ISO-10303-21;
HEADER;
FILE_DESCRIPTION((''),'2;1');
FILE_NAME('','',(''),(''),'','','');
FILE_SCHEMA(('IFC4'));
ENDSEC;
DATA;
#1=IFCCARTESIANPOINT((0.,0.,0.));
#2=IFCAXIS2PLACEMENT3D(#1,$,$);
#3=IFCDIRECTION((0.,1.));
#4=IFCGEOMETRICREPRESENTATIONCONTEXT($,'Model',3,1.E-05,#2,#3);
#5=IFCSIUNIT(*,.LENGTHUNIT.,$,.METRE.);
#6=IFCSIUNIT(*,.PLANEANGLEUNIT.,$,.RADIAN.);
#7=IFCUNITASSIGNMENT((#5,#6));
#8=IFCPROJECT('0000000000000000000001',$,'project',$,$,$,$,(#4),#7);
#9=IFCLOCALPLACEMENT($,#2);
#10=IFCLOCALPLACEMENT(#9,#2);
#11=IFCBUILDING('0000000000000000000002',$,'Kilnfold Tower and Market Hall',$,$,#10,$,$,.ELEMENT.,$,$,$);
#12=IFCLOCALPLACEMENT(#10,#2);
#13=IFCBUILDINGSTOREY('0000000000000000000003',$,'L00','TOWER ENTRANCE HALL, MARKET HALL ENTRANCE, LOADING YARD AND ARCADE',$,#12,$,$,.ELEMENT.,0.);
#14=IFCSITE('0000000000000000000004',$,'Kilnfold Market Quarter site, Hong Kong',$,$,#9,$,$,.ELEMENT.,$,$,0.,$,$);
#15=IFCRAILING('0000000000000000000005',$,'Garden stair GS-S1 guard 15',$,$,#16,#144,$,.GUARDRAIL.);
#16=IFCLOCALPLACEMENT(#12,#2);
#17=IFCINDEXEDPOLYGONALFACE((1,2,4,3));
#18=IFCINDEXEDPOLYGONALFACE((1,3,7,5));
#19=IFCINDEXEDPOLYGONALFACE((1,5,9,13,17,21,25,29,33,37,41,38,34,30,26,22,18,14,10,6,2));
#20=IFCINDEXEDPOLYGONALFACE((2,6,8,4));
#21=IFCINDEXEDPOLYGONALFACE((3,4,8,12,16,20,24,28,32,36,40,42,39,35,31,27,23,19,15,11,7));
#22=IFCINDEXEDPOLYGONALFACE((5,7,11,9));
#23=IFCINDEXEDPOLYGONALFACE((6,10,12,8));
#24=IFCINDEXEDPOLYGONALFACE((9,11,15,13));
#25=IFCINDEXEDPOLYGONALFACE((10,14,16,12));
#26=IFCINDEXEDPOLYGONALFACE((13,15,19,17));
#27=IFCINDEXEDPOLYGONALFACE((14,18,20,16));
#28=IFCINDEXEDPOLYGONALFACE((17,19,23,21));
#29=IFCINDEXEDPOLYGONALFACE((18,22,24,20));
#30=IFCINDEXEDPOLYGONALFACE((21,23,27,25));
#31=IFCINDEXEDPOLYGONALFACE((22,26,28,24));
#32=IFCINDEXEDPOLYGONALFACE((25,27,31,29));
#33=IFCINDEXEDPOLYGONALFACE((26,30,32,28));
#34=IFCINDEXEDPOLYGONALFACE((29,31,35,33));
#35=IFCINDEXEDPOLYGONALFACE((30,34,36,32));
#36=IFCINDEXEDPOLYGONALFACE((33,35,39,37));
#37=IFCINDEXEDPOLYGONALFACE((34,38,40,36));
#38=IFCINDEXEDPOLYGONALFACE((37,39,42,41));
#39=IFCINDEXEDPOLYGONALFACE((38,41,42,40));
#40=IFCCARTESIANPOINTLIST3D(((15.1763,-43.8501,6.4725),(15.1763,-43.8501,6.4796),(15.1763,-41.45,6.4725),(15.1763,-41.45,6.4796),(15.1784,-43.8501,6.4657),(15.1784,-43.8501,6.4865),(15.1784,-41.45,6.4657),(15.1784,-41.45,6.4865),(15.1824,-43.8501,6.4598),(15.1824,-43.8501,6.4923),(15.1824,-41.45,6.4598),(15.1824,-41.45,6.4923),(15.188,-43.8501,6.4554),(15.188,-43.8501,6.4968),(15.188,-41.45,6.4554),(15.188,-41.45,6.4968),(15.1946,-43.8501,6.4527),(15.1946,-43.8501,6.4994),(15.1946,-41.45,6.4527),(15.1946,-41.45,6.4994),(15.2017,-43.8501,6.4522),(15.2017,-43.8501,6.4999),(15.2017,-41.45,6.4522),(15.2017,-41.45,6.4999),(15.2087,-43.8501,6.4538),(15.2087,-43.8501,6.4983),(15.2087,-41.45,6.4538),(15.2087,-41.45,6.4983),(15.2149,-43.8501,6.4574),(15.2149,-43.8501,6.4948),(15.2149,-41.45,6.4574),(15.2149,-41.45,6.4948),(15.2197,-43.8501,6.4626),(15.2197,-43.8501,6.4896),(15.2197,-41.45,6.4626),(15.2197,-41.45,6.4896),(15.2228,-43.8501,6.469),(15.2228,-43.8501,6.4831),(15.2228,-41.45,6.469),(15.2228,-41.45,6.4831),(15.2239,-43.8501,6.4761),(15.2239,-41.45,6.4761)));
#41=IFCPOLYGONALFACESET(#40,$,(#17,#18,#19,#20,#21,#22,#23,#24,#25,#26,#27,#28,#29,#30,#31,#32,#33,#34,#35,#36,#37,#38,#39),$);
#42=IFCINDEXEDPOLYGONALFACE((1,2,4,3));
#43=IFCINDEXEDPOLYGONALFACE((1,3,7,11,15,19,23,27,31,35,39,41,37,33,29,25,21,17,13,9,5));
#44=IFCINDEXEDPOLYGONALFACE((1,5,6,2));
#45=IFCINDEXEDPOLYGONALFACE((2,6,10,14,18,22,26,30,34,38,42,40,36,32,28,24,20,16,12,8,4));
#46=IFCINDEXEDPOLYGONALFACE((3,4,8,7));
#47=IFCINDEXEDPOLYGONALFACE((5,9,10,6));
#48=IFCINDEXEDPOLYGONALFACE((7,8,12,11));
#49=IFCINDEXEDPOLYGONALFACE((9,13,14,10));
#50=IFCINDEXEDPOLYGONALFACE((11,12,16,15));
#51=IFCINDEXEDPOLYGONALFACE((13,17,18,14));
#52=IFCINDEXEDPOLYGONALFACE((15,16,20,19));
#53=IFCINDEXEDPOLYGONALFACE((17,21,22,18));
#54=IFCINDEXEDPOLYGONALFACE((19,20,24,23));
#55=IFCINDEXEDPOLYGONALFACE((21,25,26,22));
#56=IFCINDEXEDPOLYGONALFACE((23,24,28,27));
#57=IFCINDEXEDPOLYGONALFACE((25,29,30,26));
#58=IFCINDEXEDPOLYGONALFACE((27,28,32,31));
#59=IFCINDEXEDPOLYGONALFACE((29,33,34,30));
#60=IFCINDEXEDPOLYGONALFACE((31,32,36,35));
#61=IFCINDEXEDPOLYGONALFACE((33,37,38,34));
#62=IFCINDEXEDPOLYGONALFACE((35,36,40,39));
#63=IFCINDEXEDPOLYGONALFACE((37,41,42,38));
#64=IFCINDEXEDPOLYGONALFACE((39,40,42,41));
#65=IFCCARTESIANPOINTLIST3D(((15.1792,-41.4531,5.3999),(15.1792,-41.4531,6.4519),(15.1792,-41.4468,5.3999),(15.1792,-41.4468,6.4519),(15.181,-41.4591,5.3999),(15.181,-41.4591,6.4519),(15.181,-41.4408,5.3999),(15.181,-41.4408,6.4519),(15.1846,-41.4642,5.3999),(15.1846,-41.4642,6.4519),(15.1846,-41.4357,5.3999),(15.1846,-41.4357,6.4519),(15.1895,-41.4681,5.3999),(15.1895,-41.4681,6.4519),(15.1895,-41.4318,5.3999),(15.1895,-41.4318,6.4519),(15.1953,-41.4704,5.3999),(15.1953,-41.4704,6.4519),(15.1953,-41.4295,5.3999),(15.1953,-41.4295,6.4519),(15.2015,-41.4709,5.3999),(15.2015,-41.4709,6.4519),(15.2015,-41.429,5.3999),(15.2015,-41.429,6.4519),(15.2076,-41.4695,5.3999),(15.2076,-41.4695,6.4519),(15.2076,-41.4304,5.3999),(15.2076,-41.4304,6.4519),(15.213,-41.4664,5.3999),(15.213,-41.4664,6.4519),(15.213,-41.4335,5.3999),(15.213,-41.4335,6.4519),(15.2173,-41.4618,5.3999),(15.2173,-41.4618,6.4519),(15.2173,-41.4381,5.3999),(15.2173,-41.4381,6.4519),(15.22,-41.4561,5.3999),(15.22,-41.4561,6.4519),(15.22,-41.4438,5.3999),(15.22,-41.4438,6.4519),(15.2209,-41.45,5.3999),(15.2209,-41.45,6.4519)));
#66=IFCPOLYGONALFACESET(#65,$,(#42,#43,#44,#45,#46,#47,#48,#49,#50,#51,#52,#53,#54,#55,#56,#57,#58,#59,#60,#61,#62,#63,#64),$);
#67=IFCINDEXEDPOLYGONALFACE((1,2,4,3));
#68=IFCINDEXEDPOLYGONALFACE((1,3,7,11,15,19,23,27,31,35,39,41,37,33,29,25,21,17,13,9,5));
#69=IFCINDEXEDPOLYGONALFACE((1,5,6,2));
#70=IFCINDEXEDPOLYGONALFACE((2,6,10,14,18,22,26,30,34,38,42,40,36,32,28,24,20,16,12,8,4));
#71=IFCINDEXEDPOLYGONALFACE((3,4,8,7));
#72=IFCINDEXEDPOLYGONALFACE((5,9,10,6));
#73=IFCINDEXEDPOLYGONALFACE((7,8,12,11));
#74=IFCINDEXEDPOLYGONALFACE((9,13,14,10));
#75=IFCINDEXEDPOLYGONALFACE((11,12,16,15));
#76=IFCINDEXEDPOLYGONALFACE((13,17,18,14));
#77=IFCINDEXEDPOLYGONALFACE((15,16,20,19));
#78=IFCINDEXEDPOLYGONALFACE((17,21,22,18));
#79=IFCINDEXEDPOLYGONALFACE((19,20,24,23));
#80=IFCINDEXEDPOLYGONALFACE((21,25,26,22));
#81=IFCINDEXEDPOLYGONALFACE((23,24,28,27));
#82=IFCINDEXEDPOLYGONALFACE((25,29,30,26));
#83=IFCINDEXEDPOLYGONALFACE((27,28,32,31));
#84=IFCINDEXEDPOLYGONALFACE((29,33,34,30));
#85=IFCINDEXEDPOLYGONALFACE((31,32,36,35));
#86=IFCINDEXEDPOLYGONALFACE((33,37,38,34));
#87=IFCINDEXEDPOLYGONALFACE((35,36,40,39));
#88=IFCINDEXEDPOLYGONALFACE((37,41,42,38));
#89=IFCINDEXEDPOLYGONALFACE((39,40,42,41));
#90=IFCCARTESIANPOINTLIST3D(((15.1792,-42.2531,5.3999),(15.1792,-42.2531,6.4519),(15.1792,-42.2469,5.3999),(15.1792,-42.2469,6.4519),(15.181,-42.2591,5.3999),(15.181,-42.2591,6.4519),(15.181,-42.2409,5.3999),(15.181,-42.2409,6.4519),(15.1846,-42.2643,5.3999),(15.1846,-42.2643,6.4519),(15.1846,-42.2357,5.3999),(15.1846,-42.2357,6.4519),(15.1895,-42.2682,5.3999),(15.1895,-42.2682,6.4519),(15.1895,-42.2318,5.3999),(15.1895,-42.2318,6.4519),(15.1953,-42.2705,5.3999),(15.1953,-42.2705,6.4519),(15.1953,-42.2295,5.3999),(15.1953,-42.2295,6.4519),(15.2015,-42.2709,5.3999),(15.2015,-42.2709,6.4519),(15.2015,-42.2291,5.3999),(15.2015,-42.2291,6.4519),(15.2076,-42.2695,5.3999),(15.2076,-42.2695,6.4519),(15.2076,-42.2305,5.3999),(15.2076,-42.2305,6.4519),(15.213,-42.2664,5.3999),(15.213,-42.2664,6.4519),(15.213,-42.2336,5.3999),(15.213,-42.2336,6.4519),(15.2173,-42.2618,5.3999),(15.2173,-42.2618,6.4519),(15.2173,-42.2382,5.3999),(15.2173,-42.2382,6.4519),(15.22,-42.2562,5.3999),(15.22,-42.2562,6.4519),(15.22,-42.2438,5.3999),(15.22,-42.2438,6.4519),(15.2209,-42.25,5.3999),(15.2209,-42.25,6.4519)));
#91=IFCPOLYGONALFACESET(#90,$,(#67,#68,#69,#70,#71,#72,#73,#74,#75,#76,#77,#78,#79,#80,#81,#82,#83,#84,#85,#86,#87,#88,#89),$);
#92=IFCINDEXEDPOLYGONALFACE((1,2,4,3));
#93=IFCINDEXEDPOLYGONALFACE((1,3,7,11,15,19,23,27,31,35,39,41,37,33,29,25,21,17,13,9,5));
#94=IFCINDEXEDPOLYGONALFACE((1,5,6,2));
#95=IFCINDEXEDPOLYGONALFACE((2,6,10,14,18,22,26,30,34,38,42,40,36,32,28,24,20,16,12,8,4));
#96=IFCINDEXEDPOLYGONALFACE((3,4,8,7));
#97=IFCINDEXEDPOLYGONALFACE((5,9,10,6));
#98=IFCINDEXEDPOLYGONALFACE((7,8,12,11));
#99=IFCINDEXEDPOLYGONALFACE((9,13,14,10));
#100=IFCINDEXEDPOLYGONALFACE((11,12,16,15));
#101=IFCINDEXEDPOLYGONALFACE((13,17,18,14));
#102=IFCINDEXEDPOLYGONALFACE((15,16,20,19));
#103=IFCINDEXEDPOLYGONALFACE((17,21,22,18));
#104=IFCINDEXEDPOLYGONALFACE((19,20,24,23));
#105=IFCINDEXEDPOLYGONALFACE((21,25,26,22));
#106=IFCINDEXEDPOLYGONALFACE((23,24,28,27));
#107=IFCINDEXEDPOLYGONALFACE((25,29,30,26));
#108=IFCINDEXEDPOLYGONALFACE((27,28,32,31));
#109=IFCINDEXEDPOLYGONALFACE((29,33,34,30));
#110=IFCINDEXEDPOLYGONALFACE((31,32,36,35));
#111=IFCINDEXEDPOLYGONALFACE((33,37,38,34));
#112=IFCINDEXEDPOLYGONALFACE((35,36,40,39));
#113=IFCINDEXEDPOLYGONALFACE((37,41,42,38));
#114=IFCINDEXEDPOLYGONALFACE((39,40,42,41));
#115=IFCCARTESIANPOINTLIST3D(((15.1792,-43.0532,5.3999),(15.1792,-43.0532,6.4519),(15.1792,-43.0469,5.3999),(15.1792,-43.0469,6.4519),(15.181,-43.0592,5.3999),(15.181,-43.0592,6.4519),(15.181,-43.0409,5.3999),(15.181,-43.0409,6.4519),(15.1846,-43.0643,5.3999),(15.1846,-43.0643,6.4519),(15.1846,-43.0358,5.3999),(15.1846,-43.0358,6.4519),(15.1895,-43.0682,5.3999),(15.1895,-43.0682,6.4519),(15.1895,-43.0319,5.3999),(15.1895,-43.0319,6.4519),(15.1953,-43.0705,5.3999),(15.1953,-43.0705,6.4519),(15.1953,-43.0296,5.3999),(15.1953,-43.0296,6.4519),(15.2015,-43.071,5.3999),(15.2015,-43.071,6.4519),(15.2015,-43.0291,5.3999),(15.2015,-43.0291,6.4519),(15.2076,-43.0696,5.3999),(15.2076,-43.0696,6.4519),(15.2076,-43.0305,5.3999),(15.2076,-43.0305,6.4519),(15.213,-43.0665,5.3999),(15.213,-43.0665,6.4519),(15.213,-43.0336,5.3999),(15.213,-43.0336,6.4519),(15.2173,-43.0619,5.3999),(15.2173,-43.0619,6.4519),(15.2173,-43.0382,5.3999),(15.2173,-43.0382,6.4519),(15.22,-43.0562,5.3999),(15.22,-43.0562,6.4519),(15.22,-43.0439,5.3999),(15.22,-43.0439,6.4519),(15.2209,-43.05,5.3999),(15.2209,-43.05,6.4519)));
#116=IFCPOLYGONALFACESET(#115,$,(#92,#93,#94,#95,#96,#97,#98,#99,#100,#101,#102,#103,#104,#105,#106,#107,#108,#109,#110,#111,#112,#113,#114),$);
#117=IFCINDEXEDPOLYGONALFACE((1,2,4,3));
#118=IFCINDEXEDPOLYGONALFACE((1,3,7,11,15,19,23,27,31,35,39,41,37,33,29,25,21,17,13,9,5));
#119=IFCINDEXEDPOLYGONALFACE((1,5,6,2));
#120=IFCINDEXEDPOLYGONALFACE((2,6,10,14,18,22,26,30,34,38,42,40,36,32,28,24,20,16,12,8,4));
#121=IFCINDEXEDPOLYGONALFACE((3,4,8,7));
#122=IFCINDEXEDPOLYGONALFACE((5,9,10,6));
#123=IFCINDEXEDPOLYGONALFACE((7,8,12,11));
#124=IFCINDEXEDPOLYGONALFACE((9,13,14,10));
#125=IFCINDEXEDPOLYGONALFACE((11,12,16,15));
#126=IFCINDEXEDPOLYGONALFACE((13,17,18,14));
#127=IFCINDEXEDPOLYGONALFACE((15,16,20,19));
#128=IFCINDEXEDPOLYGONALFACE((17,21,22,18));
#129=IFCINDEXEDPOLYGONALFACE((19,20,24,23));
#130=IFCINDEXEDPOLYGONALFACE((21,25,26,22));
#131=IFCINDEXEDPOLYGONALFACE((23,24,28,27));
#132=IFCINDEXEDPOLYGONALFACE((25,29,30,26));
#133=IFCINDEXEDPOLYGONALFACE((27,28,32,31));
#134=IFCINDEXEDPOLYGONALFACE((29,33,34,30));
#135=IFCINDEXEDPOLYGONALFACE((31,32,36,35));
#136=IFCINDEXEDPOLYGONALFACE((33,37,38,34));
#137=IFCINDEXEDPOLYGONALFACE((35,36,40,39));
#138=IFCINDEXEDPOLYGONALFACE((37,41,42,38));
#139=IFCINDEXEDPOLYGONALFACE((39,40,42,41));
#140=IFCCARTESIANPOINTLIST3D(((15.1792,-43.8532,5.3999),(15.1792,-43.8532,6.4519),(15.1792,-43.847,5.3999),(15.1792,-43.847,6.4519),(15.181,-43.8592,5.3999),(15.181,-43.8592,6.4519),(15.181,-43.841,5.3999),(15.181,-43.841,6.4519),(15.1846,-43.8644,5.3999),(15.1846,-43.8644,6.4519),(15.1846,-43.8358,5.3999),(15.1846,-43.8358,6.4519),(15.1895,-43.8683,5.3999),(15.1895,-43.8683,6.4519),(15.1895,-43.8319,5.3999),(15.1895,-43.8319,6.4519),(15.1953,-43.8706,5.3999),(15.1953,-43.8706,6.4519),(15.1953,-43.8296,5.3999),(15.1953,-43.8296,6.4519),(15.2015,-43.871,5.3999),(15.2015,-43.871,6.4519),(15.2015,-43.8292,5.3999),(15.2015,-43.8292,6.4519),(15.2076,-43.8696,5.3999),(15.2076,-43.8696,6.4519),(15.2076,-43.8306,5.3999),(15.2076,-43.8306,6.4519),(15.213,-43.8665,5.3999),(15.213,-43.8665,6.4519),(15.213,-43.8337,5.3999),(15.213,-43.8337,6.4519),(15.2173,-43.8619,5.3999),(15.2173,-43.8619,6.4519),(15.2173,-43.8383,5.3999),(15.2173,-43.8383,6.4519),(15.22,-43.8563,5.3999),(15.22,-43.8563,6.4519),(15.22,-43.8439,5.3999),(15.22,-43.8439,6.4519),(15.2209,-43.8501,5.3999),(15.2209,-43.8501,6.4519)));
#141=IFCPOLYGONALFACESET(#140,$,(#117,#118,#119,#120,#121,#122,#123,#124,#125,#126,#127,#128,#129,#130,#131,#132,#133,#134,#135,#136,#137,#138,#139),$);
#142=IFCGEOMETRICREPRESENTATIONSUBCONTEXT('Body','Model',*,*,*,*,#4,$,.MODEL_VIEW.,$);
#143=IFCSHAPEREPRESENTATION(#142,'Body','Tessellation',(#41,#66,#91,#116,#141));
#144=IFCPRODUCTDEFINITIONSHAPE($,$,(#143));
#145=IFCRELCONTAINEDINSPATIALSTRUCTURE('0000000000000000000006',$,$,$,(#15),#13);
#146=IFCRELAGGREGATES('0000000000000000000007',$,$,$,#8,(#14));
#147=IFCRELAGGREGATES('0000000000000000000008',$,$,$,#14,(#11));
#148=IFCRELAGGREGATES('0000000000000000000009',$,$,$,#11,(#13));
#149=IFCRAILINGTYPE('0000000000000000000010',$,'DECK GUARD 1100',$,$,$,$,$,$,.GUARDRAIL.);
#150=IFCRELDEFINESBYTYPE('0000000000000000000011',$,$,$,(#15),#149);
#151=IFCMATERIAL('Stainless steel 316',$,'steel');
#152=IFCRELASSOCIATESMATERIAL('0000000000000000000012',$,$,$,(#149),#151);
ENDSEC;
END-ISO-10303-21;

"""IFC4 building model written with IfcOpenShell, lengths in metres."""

from ifc_helpers import new_model, si_unit, direction, frame, origin, origin_2d, place, context, subcontext, project, spatial, circle, extrude, material, type_object, element, save


model = new_model("IFC4")

# Units and contexts
model_context = context("Model", 3, precision=1e-05, world=origin(), true_north=direction((0.0, 1.0)))
body_context = subcontext(model_context, "Body", "Model", "MODEL_VIEW")
ifc_project = project(units=[si_unit("LENGTHUNIT", "METRE"), si_unit("PLANEANGLEUNIT", "RADIAN")], contexts=[model_context])

# Site, building, storey
site_placement = place(None, origin())
site = spatial("IfcSite", under=ifc_project, at=site_placement, Name="Kilnfold Market Quarter site, Hong Kong", CompositionType="ELEMENT", RefElevation=0.0)
building_placement = place(site_placement, origin())
building = spatial("IfcBuilding", under=site, at=building_placement, Name="Kilnfold Tower and Market Hall", CompositionType="ELEMENT")
storey_placement = place(building_placement, origin())
storey = spatial("IfcBuildingStorey", under=building, at=storey_placement, Name="L00", Description="TOWER ENTRANCE HALL, MARKET HALL ENTRANCE, LOADING YARD AND ARCADE", CompositionType="ELEMENT", Elevation=0.0)

# Railing
ifc_material_1 = material(Name="Stainless steel 316", Category="steel")
railing_type = type_object("IfcRailingType", Name="DECK GUARD 1100", PredefinedType="GUARDRAIL", material=ifc_material_1)
railing_1_placement = place(storey_placement, frame((15.2, -41.45, 5.3999)))
element("IfcRailing", 1, at=railing_1_placement, inside=storey, type_object=railing_type, Name="Garden stair GS-S1 guard 15", PredefinedType="GUARDRAIL", context=body_context, shape_type="SweptSolid", body=[
    extrude(circle(Radius=0.0239, at=origin_2d()), frame((0.0, 0.0, 1.0762), z_axis=(0.0, -1.0, 0.0), x_axis=(1.0, 0.0, 0.0)), (0.0, 0.0, 1.0), 2.4001),
    extrude(circle(Radius=0.021, at=origin_2d()), origin(), (0.0, 0.0, 1.0), 1.052),
    extrude(circle(Radius=0.021, at=origin_2d()), frame((0.0, -0.8, 0.0)), (0.0, 0.0, 1.0), 1.052),
    extrude(circle(Radius=0.021, at=origin_2d()), frame((0.0, -1.6001, 0.0)), (0.0, 0.0, 1.0), 1.052),
    extrude(circle(Radius=0.021, at=origin_2d()), frame((0.0, -2.4001, 0.0)), (0.0, 0.0, 1.0), 1.052),
])

save(model, "model.ifc")
